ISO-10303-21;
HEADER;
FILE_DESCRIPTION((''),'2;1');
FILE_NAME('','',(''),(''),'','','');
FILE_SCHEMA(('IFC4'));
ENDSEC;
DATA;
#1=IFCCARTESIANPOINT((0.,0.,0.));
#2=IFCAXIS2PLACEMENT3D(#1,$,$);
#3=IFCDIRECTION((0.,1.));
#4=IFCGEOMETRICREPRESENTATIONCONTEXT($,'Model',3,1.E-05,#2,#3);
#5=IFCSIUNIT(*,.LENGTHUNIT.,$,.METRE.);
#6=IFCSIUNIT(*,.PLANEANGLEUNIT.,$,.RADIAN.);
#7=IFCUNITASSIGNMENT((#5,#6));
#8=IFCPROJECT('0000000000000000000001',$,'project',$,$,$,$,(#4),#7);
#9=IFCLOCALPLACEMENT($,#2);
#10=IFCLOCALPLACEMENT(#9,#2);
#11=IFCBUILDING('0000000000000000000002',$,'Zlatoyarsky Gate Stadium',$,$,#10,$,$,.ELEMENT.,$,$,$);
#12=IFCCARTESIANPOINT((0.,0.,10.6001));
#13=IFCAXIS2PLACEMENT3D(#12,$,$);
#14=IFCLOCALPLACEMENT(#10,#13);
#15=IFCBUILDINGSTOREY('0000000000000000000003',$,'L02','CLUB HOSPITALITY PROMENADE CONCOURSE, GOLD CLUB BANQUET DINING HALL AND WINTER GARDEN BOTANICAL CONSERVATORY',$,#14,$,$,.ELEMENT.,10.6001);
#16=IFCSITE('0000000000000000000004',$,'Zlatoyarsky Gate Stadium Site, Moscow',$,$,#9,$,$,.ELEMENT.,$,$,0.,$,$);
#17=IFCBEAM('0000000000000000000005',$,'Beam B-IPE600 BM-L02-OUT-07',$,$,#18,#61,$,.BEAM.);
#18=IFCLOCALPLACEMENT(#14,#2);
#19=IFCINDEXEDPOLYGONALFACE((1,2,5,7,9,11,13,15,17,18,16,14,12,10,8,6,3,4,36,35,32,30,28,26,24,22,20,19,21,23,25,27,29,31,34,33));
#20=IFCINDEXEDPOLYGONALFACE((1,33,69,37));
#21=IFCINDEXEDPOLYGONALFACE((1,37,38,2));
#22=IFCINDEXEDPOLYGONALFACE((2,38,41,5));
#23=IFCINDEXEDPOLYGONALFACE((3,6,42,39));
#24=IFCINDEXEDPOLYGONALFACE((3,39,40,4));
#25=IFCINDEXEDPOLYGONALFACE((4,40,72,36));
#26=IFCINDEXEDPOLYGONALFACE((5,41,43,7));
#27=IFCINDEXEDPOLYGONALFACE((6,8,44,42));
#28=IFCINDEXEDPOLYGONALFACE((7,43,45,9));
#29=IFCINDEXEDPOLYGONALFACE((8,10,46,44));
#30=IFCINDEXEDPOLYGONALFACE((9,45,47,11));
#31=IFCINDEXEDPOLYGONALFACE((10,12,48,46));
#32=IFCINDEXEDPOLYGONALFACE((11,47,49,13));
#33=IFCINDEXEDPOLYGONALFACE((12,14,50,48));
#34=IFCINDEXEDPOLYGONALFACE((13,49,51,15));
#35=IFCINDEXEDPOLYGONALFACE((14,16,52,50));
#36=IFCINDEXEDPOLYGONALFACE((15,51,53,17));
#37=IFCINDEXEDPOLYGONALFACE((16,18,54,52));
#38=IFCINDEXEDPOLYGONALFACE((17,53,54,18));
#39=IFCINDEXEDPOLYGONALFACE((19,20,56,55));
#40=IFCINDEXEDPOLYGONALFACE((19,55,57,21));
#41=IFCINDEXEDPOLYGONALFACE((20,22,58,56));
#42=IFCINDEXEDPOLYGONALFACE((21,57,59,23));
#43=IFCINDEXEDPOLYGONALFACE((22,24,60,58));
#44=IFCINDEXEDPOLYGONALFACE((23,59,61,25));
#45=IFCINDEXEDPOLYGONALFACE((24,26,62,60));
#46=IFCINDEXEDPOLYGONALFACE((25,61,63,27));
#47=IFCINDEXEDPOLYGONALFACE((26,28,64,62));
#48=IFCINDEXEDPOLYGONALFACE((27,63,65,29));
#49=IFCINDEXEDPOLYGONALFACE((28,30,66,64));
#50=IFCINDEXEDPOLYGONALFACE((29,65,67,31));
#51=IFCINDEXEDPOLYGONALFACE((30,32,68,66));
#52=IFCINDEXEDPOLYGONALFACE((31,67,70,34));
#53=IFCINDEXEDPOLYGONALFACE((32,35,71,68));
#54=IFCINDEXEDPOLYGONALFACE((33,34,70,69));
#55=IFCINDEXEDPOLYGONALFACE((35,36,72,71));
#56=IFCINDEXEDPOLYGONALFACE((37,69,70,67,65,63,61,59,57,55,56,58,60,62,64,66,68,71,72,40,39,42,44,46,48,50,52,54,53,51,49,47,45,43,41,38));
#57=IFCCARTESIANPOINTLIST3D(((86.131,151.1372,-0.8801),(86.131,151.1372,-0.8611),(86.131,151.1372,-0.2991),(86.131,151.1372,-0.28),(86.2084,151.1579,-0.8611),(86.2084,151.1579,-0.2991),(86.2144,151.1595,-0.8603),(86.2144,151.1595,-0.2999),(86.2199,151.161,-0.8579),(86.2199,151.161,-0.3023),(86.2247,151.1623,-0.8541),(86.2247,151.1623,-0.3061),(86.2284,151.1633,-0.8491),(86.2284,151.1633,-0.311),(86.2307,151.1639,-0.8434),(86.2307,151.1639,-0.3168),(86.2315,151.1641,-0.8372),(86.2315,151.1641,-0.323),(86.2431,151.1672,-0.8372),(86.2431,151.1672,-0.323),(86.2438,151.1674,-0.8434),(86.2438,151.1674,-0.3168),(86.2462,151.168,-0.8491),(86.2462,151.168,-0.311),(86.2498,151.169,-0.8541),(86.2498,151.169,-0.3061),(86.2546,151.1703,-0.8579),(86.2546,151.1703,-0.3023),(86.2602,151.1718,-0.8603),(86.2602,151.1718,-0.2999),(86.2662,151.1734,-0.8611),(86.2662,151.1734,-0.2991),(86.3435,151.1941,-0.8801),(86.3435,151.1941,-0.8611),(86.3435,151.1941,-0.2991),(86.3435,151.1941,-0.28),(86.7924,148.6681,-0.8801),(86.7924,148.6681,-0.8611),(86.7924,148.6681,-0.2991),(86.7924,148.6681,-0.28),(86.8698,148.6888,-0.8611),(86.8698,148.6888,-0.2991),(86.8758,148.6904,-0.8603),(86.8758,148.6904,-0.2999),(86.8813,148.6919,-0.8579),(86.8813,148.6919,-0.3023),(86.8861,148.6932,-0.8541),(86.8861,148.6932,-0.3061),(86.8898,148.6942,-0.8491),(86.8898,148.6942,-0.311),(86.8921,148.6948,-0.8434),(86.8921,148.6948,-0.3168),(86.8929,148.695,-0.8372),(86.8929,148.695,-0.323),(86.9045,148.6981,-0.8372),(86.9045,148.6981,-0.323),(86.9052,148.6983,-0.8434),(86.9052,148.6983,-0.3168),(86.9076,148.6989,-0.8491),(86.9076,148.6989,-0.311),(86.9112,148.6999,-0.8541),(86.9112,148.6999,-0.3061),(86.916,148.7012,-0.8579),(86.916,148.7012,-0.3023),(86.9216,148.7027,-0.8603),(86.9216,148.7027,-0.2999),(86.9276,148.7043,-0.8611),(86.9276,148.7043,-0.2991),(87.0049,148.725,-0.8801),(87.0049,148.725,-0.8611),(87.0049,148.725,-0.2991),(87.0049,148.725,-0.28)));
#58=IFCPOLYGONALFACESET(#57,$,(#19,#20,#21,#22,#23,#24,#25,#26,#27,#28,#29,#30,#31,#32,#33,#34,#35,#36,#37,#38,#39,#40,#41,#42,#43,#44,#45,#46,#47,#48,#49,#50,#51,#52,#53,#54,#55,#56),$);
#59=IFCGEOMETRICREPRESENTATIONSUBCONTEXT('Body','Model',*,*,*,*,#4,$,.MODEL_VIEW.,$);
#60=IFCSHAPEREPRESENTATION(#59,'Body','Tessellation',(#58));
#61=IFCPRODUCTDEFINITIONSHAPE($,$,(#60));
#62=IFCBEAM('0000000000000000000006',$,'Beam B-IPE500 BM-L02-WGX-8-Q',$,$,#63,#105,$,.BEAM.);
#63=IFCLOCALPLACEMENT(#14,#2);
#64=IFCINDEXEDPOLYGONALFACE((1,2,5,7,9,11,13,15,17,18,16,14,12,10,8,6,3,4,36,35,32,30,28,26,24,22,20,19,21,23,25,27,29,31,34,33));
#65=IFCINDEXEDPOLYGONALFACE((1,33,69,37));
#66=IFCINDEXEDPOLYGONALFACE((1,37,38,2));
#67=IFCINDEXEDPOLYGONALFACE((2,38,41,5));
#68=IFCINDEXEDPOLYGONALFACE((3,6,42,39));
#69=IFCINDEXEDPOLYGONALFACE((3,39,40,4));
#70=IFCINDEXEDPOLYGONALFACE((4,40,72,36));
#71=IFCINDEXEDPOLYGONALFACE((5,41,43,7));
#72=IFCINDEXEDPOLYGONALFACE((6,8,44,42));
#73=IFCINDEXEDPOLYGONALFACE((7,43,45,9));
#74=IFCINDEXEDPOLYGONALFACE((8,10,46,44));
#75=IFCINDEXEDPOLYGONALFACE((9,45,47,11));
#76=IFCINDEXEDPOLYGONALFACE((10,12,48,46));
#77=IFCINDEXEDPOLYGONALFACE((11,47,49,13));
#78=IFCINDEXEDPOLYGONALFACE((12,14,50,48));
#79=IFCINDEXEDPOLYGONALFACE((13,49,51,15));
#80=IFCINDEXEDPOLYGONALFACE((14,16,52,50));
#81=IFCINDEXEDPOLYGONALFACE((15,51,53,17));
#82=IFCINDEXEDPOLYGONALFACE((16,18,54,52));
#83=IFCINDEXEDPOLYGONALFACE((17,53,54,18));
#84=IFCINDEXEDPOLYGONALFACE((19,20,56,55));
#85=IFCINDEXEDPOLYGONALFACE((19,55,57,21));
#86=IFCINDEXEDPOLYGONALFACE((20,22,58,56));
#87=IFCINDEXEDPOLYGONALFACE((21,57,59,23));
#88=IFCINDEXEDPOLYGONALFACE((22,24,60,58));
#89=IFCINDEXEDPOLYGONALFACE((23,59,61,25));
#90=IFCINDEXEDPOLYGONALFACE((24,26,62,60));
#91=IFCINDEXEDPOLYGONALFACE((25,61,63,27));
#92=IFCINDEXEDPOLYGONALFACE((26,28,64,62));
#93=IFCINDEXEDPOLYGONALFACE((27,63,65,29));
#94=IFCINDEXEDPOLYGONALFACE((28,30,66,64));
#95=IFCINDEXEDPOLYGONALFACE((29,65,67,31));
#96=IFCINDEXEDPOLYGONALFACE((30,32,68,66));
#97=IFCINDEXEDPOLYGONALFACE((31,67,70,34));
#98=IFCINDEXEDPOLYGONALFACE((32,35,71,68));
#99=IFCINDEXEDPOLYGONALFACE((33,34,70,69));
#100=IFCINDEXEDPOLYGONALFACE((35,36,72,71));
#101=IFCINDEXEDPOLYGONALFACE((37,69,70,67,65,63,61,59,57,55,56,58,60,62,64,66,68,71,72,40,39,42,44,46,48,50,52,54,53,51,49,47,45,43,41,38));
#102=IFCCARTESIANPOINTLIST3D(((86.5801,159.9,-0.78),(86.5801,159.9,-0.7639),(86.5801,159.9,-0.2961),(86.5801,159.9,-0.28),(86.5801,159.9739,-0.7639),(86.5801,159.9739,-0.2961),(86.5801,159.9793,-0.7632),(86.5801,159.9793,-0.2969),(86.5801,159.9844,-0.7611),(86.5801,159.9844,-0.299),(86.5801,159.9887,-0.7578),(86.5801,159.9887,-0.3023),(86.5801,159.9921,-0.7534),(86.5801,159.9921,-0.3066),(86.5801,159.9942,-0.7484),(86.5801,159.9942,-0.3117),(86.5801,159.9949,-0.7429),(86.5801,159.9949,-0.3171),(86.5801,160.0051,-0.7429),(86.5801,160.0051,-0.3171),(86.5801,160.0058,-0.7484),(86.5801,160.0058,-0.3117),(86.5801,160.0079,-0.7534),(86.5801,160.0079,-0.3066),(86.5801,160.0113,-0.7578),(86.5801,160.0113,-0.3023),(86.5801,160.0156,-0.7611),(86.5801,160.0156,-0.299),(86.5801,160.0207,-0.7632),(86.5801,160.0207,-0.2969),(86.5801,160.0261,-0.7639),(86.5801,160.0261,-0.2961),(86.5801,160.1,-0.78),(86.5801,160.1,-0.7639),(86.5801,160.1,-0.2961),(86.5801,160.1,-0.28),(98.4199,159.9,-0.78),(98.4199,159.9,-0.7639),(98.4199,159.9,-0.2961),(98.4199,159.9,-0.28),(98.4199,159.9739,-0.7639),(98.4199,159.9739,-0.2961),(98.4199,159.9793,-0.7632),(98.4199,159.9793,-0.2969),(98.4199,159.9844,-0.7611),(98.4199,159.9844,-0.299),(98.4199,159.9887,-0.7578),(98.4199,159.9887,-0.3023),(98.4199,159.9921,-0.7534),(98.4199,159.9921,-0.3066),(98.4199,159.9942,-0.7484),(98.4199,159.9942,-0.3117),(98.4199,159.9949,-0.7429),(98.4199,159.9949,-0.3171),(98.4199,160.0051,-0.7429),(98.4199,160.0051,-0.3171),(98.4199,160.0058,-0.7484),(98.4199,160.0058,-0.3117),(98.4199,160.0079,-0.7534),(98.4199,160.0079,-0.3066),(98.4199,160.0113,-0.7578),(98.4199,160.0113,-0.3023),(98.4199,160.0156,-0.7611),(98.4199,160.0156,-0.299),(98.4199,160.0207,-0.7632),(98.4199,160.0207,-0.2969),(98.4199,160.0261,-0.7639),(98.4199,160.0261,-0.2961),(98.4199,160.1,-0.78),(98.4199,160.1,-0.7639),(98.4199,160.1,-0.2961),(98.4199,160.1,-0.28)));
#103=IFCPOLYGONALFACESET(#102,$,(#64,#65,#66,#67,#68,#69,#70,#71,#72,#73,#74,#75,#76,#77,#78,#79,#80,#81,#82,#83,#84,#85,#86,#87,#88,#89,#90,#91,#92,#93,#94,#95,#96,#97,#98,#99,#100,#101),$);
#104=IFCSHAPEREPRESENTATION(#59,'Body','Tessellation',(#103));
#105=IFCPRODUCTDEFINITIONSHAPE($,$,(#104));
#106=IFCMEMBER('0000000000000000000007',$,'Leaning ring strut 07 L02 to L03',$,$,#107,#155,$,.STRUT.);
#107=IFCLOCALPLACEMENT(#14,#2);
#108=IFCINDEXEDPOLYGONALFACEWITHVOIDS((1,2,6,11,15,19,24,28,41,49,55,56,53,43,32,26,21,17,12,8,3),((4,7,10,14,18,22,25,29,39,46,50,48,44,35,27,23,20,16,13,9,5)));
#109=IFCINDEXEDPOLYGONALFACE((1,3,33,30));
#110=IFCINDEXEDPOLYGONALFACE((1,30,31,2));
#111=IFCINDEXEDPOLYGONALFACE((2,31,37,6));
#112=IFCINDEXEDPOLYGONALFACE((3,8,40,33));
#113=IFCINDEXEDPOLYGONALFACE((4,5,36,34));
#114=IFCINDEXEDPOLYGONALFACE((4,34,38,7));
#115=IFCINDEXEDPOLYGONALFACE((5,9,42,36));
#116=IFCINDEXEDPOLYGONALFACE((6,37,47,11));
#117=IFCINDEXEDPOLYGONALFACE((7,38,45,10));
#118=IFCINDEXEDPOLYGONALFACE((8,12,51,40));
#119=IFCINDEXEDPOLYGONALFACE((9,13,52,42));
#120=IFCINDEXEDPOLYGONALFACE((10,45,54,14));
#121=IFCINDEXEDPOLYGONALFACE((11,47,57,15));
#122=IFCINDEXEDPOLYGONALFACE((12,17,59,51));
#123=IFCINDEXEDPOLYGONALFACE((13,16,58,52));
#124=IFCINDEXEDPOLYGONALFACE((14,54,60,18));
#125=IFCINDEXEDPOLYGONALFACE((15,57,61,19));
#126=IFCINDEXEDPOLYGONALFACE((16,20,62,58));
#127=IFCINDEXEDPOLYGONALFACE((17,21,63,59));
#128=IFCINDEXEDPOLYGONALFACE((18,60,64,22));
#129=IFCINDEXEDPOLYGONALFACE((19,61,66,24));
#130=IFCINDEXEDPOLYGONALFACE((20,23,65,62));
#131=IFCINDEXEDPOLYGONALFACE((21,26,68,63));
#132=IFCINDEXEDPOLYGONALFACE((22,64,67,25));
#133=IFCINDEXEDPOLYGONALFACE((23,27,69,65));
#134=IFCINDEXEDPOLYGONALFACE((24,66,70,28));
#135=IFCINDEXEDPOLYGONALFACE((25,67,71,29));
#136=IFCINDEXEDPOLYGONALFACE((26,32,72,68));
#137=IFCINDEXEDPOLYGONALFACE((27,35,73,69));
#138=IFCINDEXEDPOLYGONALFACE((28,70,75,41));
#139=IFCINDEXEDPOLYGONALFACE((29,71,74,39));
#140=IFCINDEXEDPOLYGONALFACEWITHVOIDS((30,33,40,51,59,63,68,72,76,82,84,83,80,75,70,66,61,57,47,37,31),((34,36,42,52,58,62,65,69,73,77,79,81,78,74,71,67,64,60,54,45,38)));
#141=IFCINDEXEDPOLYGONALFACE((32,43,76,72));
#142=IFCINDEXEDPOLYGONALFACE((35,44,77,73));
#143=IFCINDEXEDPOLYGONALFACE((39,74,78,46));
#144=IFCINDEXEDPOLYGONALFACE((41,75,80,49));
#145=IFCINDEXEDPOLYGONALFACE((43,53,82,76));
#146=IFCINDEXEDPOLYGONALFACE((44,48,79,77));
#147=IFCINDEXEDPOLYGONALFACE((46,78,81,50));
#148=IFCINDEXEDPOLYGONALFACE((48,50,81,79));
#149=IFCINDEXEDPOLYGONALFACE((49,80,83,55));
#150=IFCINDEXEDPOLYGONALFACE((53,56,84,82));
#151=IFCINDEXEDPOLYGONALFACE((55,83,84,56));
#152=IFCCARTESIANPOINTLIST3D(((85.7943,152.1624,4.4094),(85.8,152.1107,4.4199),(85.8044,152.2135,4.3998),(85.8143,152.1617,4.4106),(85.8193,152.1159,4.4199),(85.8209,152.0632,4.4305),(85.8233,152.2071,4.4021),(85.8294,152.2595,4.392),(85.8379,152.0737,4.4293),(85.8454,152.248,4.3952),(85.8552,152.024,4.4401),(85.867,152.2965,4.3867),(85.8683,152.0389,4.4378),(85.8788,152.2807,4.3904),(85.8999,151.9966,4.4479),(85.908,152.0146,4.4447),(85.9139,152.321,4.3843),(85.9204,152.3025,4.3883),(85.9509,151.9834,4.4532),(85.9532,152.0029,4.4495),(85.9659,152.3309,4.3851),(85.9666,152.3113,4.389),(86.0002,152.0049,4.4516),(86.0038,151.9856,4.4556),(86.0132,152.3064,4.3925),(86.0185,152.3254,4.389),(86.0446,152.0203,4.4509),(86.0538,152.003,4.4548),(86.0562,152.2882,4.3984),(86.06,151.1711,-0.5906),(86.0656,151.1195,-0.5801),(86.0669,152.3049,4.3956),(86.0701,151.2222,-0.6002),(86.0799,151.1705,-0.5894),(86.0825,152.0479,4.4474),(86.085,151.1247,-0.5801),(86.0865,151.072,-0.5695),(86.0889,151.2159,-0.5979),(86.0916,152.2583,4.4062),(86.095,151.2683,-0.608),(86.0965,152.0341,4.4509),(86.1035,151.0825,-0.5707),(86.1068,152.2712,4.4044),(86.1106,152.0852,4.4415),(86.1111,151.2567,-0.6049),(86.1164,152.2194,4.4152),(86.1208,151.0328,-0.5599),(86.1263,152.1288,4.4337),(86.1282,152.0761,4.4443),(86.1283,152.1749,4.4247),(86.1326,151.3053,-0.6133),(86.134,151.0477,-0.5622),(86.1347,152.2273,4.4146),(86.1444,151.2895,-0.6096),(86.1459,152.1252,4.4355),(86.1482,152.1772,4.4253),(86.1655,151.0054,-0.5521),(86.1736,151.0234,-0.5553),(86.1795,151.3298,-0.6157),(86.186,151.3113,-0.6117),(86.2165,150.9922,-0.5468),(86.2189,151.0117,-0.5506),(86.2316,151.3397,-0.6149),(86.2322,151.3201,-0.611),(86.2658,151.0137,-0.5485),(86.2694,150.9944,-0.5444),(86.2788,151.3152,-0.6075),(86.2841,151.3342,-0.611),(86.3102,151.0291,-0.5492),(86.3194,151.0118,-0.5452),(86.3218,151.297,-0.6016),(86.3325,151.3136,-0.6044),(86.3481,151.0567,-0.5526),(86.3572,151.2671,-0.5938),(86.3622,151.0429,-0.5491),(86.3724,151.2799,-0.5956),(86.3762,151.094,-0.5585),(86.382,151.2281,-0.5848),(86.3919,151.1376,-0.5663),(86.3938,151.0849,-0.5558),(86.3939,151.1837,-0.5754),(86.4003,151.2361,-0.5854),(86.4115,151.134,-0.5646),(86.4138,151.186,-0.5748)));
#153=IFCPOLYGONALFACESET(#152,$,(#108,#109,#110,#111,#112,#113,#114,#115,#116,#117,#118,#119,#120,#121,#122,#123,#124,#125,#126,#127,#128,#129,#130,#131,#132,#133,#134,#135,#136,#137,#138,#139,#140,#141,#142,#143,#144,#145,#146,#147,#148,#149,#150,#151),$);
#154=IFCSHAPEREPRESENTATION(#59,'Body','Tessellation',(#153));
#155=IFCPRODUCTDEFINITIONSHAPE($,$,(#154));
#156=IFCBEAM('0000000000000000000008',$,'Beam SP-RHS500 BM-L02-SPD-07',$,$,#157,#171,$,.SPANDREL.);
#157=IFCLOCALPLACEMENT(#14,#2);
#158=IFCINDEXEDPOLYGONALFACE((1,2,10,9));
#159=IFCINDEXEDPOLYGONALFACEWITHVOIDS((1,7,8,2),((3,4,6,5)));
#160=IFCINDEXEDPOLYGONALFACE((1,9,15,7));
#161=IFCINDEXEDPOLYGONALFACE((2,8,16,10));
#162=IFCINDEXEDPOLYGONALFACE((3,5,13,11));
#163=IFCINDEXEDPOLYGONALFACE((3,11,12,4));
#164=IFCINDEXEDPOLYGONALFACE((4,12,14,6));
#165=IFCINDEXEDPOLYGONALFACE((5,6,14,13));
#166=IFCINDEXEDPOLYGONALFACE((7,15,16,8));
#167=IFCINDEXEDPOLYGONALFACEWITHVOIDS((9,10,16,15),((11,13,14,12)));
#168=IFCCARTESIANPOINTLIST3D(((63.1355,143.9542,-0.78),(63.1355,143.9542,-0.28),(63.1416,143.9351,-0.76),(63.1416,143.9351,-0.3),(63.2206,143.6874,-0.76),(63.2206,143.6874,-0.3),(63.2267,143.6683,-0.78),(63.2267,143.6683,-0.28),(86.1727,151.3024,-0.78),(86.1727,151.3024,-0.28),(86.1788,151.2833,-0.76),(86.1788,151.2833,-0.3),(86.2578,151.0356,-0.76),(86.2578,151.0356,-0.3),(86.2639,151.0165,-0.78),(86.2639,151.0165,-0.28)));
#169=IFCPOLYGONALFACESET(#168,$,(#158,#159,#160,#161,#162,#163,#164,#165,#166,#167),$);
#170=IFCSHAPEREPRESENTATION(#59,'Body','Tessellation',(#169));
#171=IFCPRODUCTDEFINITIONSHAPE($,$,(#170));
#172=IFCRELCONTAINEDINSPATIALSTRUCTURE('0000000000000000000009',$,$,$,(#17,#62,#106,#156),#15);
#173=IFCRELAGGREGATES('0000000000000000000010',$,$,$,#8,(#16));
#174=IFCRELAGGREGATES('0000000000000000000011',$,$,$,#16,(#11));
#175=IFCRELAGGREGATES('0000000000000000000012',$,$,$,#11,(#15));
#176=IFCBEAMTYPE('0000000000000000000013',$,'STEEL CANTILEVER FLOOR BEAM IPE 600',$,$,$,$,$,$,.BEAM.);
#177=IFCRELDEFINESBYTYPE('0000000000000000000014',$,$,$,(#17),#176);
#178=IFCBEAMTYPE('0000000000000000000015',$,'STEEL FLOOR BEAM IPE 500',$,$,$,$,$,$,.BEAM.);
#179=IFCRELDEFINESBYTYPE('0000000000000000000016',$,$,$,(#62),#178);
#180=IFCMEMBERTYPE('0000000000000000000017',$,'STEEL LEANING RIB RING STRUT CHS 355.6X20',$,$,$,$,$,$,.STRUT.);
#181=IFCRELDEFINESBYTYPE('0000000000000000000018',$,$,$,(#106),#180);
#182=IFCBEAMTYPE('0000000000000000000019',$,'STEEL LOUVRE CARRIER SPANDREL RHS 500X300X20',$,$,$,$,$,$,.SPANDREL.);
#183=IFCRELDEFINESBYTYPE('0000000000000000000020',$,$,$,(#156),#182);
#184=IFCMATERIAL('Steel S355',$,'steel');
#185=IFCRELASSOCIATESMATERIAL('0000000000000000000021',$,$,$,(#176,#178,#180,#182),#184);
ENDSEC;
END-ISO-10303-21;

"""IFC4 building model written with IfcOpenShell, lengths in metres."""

from ifc_helpers import new_model, si_unit, direction, frame, origin, origin_2d, place, context, subcontext, project, spatial, hollow_rectangle, hollow_circle, i_section, extrude, material, material_profile, profile_set, type_object, element, save


model = new_model("IFC4")

# Units and contexts
model_context = context("Model", 3, precision=1e-05, world=origin(), true_north=direction((0.0, 1.0)))
body_context = subcontext(model_context, "Body", "Model", "MODEL_VIEW")
ifc_project = project(units=[si_unit("LENGTHUNIT", "METRE"), si_unit("PLANEANGLEUNIT", "RADIAN")], contexts=[model_context])

# Site, building, storey
site_placement = place(None, origin())
site = spatial("IfcSite", under=ifc_project, at=site_placement, Name="Zlatoyarsky Gate Stadium Site, Moscow", CompositionType="ELEMENT", RefElevation=0.0)
building_placement = place(site_placement, origin())
building = spatial("IfcBuilding", under=site, at=building_placement, Name="Zlatoyarsky Gate Stadium", CompositionType="ELEMENT")
storey_placement = place(building_placement, frame((0.0, 0.0, 10.6001)))
storey = spatial("IfcBuildingStorey", under=building, at=storey_placement, Name="L02", Description="CLUB HOSPITALITY PROMENADE CONCOURSE, GOLD CLUB BANQUET DINING HALL AND WINTER GARDEN BOTANICAL CONSERVATORY", CompositionType="ELEMENT", Elevation=10.6001)

# Shared definitions
ifc_material_1 = material(Name="Steel S355", Category="steel")

# Beams
ifc_material_profile_1 = material_profile(ifc_material_1, i_section(OverallWidth=0.22, OverallDepth=0.6001, WebThickness=0.012, FlangeThickness=0.019, FilletRadius=0.0239, at=origin_2d()), Name="IPE 600")
ifc_profile_set_1 = profile_set([ifc_material_profile_1], Name="Steel S355")
beam_type_1 = type_object("IfcBeamType", Name="STEEL CANTILEVER FLOOR BEAM IPE 600", PredefinedType="BEAM", material=ifc_profile_set_1)
beam_1_placement = place(storey_placement, frame((86.8987, 148.6965, -0.5801), z_axis=(-0.25875, 0.965944, 0.0), x_axis=(-0.965944, -0.25875, 0.0)))
element("IfcBeam", 1, at=beam_1_placement, inside=storey, type_object=beam_type_1, Name="Beam B-IPE600 BM-L02-OUT-07", PredefinedType="BEAM", context=body_context, shape_type="SweptSolid", body=[
    extrude(i_section(OverallWidth=0.22, OverallDepth=0.6001, WebThickness=0.012, FlangeThickness=0.019, FilletRadius=0.0239, at=origin_2d()), origin(), (0.0, 0.0, 1.0), 2.5562),
])
ifc_material_profile_2 = material_profile(ifc_material_1, i_section(OverallWidth=0.2, OverallDepth=0.5, WebThickness=0.0103, FlangeThickness=0.0161, FilletRadius=0.021, at=origin_2d()), Name="IPE 500")
ifc_profile_set_2 = profile_set([ifc_material_profile_2], Name="Steel S355")
beam_type_2 = type_object("IfcBeamType", Name="STEEL FLOOR BEAM IPE 500", PredefinedType="BEAM", material=ifc_profile_set_2)
beam_2_placement = place(storey_placement, frame((86.5801, 160.0, -0.53), z_axis=(1.0, 0.0, 0.0), x_axis=(0.0, 1.0, 0.0)))
element("IfcBeam", 2, at=beam_2_placement, inside=storey, type_object=beam_type_2, Name="Beam B-IPE500 BM-L02-WGX-8-Q", PredefinedType="BEAM", context=body_context, shape_type="SweptSolid", body=[
    extrude(i_section(OverallWidth=0.2, OverallDepth=0.5, WebThickness=0.0103, FlangeThickness=0.0161, FilletRadius=0.021, at=origin_2d()), origin(), (0.0, 0.0, 1.0), 11.8398),
])

# Member
ifc_material_profile_3 = material_profile(ifc_material_1, hollow_circle(Radius=0.1777, WallThickness=0.02, at=origin_2d()), Name="CHS 355.6X20")
ifc_profile_set_3 = profile_set([ifc_material_profile_3], Name="Steel S355")
member_type_1 = type_object("IfcMemberType", Name="STEEL LEANING RIB RING STRUT CHS 355.6X20", PredefinedType="STRUT", material=ifc_profile_set_3)
member_1_placement = place(storey_placement, frame((86.2373, 151.1655, -0.5801), z_axis=(-0.05204, 0.194194, 0.979582), x_axis=(-0.965918, -0.258847, 0.0)))
element("IfcMember", 3, at=member_1_placement, inside=storey, type_object=member_type_1, Name="Leaning ring strut 07 L02 to L03", PredefinedType="STRUT", context=body_context, shape_type="SweptSolid", body=[
    extrude(hollow_circle(Radius=0.1777, WallThickness=0.02, at=origin_2d()), origin(), (0.0, 0.0, 1.0), 5.1042),
])

# Beam
ifc_material_profile_4 = material_profile(ifc_material_1, hollow_rectangle(XDim=0.3, YDim=0.5, WallThickness=0.02, at=origin_2d()), Name="RHS 500X300X20")
ifc_profile_set_4 = profile_set([ifc_material_profile_4], Name="Steel S355")
beam_type_3 = type_object("IfcBeamType", Name="STEEL LOUVRE CARRIER SPANDREL RHS 500X300X20", PredefinedType="SPANDREL", material=ifc_profile_set_4)
beam_3_placement = place(storey_placement, frame((86.2183, 151.1594, -0.53), z_axis=(-0.952709, -0.303885, 0.0), x_axis=(0.303885, -0.952709, 0.0)))
element("IfcBeam", 4, at=beam_3_placement, inside=storey, type_object=beam_type_3, Name="Beam SP-RHS500 BM-L02-SPD-07", PredefinedType="SPANDREL", context=body_context, shape_type="SweptSolid", body=[
    extrude(hollow_rectangle(XDim=0.3, YDim=0.5, WallThickness=0.02, at=origin_2d()), origin(), (0.0, 0.0, 1.0), 24.1807),
])

save(model, "model.ifc")
